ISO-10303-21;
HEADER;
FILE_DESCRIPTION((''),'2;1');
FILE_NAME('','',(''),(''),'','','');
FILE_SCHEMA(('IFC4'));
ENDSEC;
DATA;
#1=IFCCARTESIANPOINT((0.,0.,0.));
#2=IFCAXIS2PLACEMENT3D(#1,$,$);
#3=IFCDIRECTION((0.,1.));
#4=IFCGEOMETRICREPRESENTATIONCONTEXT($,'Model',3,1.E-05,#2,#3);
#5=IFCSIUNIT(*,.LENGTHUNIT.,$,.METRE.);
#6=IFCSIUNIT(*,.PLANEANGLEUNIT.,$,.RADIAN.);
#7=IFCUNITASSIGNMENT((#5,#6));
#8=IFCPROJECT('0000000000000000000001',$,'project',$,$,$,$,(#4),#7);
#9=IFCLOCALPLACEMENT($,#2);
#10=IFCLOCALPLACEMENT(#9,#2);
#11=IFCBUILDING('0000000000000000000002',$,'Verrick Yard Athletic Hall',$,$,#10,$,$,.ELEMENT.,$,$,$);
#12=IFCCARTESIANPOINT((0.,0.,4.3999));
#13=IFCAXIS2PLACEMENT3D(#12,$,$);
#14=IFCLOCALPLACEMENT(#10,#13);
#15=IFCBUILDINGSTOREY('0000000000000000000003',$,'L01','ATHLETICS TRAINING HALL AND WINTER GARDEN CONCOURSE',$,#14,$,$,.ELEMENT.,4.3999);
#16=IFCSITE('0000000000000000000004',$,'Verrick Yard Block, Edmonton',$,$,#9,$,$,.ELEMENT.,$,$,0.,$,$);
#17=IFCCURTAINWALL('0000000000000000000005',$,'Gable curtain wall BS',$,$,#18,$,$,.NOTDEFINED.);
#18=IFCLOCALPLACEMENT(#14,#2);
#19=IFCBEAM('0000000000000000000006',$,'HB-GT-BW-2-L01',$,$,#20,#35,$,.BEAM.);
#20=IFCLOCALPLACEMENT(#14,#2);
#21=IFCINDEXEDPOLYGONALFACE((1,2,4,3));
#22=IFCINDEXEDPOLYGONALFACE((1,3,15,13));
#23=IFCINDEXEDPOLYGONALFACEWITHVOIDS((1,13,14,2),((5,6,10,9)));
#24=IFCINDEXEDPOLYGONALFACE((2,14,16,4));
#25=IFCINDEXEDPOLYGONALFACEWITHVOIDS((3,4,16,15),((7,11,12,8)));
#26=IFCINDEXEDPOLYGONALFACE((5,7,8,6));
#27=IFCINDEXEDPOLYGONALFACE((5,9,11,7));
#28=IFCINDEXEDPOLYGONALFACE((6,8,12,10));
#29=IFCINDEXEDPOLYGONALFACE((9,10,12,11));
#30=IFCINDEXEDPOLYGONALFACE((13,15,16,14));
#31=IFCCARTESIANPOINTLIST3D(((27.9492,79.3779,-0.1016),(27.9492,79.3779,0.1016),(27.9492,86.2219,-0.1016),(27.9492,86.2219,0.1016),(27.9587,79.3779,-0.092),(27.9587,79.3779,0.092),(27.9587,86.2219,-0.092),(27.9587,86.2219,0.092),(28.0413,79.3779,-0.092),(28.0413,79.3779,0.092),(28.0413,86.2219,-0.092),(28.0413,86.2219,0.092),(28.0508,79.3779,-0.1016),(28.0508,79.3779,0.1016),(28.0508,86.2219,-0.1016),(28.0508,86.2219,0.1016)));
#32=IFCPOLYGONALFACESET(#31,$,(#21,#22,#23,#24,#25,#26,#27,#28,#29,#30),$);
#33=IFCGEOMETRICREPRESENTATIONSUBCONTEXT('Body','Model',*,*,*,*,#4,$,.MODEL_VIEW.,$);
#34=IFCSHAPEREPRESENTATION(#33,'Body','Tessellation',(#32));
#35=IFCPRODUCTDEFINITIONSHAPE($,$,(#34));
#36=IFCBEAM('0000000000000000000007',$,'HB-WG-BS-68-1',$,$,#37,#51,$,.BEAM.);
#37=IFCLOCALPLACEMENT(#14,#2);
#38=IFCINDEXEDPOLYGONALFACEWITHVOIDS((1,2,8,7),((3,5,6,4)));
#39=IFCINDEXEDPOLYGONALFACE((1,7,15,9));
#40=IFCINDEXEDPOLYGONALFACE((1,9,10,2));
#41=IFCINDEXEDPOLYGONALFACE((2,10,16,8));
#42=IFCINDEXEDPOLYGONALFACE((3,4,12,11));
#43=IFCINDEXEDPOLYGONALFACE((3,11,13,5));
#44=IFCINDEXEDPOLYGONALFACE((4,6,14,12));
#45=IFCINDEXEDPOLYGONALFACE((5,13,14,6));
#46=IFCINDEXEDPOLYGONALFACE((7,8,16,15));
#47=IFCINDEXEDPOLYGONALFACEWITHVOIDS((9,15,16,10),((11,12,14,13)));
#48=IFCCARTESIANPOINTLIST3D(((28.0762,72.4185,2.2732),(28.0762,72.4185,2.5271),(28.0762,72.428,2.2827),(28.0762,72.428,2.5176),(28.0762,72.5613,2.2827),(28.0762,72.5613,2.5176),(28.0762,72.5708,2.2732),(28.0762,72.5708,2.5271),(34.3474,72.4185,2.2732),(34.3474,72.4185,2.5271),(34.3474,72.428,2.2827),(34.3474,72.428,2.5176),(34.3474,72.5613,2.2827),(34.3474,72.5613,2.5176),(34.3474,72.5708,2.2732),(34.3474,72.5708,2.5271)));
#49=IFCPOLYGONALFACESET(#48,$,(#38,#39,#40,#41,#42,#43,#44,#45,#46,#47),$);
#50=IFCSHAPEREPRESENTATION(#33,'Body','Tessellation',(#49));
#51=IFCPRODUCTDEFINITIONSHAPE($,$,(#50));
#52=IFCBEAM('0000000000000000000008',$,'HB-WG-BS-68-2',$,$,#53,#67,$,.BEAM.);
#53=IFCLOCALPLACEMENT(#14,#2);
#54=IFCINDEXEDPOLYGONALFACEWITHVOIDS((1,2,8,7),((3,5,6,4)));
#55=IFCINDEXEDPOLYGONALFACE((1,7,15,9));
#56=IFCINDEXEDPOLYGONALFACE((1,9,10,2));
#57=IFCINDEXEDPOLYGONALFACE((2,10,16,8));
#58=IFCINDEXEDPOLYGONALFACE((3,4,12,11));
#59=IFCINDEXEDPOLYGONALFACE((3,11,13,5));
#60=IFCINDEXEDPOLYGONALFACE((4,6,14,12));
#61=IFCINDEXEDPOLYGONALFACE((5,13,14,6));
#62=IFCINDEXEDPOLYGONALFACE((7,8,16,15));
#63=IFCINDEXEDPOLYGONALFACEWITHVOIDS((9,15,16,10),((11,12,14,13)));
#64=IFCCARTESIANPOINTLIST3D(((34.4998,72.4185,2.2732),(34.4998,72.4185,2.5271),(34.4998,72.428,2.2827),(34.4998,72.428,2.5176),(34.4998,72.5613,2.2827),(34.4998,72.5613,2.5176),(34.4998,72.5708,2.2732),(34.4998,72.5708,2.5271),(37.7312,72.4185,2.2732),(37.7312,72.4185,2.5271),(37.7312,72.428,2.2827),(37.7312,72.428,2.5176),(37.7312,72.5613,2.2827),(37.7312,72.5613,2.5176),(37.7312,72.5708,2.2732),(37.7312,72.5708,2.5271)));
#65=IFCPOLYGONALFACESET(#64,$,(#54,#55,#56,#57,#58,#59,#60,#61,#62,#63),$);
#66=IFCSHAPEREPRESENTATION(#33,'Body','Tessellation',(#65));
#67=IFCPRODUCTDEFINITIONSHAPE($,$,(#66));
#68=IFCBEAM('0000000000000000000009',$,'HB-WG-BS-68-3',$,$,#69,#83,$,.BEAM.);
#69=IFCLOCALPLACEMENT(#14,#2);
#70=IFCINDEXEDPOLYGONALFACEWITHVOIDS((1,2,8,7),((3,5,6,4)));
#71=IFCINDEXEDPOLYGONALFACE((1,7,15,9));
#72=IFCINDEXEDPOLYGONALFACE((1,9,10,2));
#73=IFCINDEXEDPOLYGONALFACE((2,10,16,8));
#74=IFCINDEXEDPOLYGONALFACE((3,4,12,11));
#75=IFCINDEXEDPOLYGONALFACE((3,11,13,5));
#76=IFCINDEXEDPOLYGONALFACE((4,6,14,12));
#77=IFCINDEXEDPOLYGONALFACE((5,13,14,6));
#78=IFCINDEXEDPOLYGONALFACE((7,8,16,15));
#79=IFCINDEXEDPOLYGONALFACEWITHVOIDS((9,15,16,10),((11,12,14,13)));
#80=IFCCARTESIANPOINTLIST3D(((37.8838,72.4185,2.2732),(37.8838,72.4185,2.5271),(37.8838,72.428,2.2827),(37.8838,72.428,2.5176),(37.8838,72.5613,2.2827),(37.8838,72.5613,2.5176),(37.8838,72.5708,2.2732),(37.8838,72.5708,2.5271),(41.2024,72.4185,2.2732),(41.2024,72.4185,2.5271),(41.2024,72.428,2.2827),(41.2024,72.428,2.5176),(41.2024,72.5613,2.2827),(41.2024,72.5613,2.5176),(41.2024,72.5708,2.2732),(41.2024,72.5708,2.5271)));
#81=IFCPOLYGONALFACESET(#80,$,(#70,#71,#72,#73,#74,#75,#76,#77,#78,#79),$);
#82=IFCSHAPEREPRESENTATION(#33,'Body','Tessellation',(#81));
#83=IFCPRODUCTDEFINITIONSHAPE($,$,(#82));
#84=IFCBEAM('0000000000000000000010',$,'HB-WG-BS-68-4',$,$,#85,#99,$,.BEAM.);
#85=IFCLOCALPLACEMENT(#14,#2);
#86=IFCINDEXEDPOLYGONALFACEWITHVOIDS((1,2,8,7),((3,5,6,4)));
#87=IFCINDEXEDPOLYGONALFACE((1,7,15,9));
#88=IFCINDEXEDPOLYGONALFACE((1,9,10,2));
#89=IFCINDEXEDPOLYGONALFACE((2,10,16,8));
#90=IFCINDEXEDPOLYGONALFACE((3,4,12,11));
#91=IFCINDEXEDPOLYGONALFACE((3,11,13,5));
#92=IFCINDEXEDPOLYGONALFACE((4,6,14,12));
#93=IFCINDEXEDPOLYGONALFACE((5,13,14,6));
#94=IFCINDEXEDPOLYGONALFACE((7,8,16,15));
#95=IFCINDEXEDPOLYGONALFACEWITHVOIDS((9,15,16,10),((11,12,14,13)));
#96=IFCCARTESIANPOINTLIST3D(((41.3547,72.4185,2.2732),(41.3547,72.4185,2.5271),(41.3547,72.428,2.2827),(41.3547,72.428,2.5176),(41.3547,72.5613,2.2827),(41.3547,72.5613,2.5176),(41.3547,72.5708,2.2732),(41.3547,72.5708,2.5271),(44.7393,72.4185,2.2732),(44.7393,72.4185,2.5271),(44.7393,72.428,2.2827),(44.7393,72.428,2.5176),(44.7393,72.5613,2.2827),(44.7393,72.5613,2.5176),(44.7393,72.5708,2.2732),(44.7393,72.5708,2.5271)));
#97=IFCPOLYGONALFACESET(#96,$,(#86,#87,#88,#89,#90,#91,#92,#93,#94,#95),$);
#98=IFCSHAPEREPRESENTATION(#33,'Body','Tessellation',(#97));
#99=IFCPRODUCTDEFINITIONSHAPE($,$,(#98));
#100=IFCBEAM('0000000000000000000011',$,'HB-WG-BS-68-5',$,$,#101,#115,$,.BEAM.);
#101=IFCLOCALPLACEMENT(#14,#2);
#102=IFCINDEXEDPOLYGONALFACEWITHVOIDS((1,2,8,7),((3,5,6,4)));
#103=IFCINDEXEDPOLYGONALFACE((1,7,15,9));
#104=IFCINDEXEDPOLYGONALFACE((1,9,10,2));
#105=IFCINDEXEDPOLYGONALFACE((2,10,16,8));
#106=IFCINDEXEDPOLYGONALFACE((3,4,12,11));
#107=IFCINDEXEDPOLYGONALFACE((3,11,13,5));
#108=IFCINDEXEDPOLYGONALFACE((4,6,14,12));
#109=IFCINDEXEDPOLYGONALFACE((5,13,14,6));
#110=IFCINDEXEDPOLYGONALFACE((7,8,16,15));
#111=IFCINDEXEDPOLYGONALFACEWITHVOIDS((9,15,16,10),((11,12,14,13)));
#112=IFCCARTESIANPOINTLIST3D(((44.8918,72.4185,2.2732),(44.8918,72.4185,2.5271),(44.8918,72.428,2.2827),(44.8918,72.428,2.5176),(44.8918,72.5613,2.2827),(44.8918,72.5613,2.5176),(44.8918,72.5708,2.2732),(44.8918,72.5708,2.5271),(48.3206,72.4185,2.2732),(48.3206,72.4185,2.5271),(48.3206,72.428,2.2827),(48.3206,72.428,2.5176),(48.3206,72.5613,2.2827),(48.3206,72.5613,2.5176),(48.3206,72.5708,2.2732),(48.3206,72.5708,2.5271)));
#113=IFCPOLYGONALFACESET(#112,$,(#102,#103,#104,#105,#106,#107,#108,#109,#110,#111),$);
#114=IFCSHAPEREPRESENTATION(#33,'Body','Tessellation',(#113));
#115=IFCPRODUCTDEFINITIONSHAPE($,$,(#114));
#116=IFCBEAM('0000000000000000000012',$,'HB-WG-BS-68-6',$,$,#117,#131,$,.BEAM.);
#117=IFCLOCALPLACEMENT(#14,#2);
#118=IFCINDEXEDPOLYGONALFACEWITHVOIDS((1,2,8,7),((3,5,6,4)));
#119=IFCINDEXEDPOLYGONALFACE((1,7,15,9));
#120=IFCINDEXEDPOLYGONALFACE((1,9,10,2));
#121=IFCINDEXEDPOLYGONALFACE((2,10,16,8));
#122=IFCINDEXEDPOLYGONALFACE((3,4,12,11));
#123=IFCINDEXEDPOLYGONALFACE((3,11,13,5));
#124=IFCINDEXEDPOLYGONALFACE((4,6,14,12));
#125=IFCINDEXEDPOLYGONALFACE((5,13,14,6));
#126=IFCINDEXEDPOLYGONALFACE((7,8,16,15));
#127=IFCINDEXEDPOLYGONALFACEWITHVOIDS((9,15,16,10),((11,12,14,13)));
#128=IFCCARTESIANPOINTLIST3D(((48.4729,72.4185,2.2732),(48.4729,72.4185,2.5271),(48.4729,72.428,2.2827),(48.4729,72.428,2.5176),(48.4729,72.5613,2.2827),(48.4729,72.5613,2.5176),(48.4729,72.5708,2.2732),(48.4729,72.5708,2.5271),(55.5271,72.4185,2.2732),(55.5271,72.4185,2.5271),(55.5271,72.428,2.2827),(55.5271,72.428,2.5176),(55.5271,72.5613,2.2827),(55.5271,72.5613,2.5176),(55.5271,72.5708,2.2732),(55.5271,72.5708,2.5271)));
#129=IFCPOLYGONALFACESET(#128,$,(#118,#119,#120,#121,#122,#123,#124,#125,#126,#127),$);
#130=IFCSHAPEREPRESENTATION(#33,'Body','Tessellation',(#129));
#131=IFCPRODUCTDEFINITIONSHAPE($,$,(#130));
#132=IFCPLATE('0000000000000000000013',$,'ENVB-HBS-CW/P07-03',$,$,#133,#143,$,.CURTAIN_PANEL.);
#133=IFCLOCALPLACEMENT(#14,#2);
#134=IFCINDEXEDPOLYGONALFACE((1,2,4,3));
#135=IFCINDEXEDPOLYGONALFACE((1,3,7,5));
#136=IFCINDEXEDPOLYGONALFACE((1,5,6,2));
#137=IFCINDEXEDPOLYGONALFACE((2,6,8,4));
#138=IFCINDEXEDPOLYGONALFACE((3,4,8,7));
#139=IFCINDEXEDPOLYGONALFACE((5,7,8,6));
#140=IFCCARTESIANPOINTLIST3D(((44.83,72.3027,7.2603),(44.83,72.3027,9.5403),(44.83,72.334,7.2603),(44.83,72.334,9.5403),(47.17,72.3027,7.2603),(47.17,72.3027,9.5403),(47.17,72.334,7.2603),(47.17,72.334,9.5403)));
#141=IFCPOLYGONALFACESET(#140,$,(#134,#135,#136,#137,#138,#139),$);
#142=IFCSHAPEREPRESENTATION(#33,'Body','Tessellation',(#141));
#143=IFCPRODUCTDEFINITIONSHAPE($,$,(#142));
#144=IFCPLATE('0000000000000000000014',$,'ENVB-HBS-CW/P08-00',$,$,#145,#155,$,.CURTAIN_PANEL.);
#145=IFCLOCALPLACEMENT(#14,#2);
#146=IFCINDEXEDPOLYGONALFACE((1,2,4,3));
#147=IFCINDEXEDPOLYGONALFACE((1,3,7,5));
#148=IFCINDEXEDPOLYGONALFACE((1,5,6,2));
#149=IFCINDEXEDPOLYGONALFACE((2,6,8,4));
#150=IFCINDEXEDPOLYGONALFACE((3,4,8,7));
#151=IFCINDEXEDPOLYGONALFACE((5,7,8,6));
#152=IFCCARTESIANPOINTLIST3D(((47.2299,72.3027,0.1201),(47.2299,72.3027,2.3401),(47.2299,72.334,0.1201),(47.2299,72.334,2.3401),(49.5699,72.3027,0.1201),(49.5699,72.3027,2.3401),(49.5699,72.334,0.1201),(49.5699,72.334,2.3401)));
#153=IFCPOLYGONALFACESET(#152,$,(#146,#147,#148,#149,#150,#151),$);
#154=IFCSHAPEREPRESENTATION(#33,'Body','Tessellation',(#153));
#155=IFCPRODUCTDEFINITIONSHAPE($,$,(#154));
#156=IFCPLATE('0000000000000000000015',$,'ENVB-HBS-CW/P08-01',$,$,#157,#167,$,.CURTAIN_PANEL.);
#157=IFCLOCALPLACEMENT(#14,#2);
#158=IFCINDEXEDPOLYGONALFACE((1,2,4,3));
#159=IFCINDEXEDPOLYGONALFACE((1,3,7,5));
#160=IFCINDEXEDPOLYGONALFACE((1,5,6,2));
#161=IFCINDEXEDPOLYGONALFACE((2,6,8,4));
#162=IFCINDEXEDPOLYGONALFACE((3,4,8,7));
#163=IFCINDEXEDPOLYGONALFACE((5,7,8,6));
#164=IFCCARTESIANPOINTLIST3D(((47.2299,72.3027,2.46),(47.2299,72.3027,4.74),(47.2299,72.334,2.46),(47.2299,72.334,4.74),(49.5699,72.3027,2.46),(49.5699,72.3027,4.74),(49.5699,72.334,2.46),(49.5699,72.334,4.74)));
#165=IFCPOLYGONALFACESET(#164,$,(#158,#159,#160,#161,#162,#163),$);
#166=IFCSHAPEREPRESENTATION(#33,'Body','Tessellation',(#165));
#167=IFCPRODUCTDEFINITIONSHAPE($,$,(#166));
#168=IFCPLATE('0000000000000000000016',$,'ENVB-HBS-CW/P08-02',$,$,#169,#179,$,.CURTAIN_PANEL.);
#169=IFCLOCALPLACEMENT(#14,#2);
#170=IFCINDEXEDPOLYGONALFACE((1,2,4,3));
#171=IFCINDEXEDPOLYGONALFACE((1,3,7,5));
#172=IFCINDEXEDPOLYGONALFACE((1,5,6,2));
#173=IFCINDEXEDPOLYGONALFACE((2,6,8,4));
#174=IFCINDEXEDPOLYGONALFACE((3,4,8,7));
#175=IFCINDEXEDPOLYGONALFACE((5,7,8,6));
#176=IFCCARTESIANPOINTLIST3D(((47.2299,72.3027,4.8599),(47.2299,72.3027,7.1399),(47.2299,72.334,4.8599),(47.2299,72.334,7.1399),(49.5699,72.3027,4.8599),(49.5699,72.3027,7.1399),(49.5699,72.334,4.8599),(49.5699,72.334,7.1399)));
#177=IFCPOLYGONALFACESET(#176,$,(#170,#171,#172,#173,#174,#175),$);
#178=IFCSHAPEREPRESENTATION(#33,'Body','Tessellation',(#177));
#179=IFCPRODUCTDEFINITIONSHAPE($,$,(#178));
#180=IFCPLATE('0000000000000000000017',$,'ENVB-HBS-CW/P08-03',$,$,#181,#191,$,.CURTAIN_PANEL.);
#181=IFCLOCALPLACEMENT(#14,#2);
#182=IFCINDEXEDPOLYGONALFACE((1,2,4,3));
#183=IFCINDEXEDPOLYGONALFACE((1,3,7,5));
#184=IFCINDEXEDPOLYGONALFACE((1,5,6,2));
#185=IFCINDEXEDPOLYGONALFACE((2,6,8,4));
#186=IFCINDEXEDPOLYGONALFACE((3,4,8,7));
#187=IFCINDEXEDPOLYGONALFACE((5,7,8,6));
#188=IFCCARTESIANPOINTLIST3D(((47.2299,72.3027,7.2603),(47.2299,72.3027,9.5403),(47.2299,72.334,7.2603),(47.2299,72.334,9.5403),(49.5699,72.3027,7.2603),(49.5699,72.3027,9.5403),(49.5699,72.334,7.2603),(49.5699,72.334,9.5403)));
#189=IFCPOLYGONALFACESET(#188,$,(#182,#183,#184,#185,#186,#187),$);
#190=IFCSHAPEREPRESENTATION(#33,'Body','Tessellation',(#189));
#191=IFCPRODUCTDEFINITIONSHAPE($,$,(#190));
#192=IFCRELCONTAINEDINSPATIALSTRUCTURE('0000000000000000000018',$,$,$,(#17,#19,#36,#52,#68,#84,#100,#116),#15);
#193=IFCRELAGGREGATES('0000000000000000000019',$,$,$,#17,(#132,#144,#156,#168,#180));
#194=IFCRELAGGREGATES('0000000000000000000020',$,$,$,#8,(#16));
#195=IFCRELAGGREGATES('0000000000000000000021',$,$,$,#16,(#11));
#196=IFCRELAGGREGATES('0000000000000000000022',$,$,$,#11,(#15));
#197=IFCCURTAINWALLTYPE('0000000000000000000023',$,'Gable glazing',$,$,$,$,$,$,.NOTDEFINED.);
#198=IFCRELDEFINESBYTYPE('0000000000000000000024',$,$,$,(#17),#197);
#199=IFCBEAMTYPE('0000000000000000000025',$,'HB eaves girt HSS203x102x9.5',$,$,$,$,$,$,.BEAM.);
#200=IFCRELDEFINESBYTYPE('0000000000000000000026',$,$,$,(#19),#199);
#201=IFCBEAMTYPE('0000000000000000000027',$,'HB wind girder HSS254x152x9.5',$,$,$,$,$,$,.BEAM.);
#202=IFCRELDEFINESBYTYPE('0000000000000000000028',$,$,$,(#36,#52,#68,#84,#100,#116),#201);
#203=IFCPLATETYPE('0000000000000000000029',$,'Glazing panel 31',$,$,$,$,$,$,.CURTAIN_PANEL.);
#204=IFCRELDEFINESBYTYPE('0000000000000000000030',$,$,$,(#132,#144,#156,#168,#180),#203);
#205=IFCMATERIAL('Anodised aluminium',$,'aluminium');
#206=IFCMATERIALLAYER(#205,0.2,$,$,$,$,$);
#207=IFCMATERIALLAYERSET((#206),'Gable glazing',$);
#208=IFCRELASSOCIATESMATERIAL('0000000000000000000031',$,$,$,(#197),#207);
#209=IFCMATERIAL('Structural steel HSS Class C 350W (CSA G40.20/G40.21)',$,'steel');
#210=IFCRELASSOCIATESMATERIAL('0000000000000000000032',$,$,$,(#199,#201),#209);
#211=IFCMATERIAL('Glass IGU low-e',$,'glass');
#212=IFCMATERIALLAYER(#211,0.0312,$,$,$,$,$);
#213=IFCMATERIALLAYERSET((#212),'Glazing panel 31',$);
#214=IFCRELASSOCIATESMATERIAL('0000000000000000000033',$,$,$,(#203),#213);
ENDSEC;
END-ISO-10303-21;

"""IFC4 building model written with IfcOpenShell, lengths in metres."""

from ifc_helpers import new_model, si_unit, direction, frame, origin, origin_2d, place, context, subcontext, project, spatial, rectangle, hollow_rectangle, extrude, material, layer, layer_set, material_profile, profile_set, type_object, element, aggregate, save


model = new_model("IFC4")

# Units and contexts
model_context = context("Model", 3, precision=1e-05, world=origin(), true_north=direction((0.0, 1.0)))
body_context = subcontext(model_context, "Body", "Model", "MODEL_VIEW")
ifc_project = project(units=[si_unit("LENGTHUNIT", "METRE"), si_unit("PLANEANGLEUNIT", "RADIAN")], contexts=[model_context])

# Site, building, storey
site_placement = place(None, origin())
site = spatial("IfcSite", under=ifc_project, at=site_placement, Name="Verrick Yard Block, Edmonton", CompositionType="ELEMENT", RefElevation=0.0)
building_placement = place(site_placement, origin())
building = spatial("IfcBuilding", under=site, at=building_placement, Name="Verrick Yard Athletic Hall", CompositionType="ELEMENT")
storey_placement = place(building_placement, frame((0.0, 0.0, 4.3999)))
storey = spatial("IfcBuildingStorey", under=building, at=storey_placement, Name="L01", Description="ATHLETICS TRAINING HALL AND WINTER GARDEN CONCOURSE", CompositionType="ELEMENT", Elevation=4.3999)

# Curtain wall
ifc_material_1 = material(Name="Anodised aluminium", Category="aluminium")
ifc_layer_1 = layer(ifc_material_1, 0.2)
ifc_layer_set_1 = layer_set([ifc_layer_1], Name="Gable glazing")
curtain_wall_type = type_object("IfcCurtainWallType", Name="Gable glazing", PredefinedType="NOTDEFINED", material=ifc_layer_set_1)
curtain_wall_placement = place(storey_placement, origin())
curtain_wall = element("IfcCurtainWall", 1, at=curtain_wall_placement, inside=storey, type_object=curtain_wall_type, Name="Gable curtain wall BS", PredefinedType="NOTDEFINED")

# Beams
ifc_material_2 = material(Name="Structural steel HSS Class C 350W (CSA G40.20/G40.21)", Category="steel")
ifc_material_profile_1 = material_profile(ifc_material_2, hollow_rectangle(XDim=0.1016, YDim=0.2031, WallThickness=0.0095, at=origin_2d()), Name="HSS203x102x9.5")
ifc_profile_set_1 = profile_set([ifc_material_profile_1], Name="Structural steel HSS Class C 350W (CSA G40.20/G40.21)")
beam_type_1 = type_object("IfcBeamType", Name="HB eaves girt HSS203x102x9.5", PredefinedType="BEAM", material=ifc_profile_set_1)
beam_1_placement = place(storey_placement, frame((28.0, 79.3779, 0.0), z_axis=(0.0, 1.0, 0.0), x_axis=(-1.0, 0.0, 0.0)))
element("IfcBeam", 2, at=beam_1_placement, inside=storey, type_object=beam_type_1, Name="HB-GT-BW-2-L01", PredefinedType="BEAM", context=body_context, shape_type="SweptSolid", body=[
    extrude(hollow_rectangle(XDim=0.1016, YDim=0.2031, WallThickness=0.0095, at=origin_2d()), origin(), (0.0, 0.0, 1.0), 6.844),
])
ifc_material_profile_2 = material_profile(ifc_material_2, hollow_rectangle(XDim=0.1523, YDim=0.2539, WallThickness=0.0095, at=origin_2d()), Name="HSS254x152x9.5")
ifc_profile_set_2 = profile_set([ifc_material_profile_2], Name="Structural steel HSS Class C 350W (CSA G40.20/G40.21)")
beam_type_2 = type_object("IfcBeamType", Name="HB wind girder HSS254x152x9.5", PredefinedType="BEAM", material=ifc_profile_set_2)
beam_2_placement = place(storey_placement, frame((28.0762, 72.4946, 2.4001), z_axis=(1.0, 0.0, 0.0), x_axis=(0.0, 1.0, 0.0)))
element("IfcBeam", 3, at=beam_2_placement, inside=storey, type_object=beam_type_2, Name="HB-WG-BS-68-1", PredefinedType="BEAM", context=body_context, shape_type="SweptSolid", body=[
    extrude(hollow_rectangle(XDim=0.1523, YDim=0.2539, WallThickness=0.0095, at=origin_2d()), origin(), (0.0, 0.0, 1.0), 6.2712),
])
beam_3_placement = place(storey_placement, frame((34.4998, 72.4946, 2.4001), z_axis=(1.0, 0.0, 0.0), x_axis=(0.0, 1.0, 0.0)))
element("IfcBeam", 4, at=beam_3_placement, inside=storey, type_object=beam_type_2, Name="HB-WG-BS-68-2", PredefinedType="BEAM", context=body_context, shape_type="SweptSolid", body=[
    extrude(hollow_rectangle(XDim=0.1523, YDim=0.2539, WallThickness=0.0095, at=origin_2d()), origin(), (0.0, 0.0, 1.0), 3.2314),
])
beam_4_placement = place(storey_placement, frame((37.8838, 72.4946, 2.4001), z_axis=(1.0, 0.0, 0.0), x_axis=(0.0, 1.0, 0.0)))
element("IfcBeam", 5, at=beam_4_placement, inside=storey, type_object=beam_type_2, Name="HB-WG-BS-68-3", PredefinedType="BEAM", context=body_context, shape_type="SweptSolid", body=[
    extrude(hollow_rectangle(XDim=0.1523, YDim=0.2539, WallThickness=0.0095, at=origin_2d()), origin(), (0.0, 0.0, 1.0), 3.3186),
])
beam_5_placement = place(storey_placement, frame((41.3547, 72.4946, 2.4001), z_axis=(1.0, 0.0, 0.0), x_axis=(0.0, 1.0, 0.0)))
element("IfcBeam", 6, at=beam_5_placement, inside=storey, type_object=beam_type_2, Name="HB-WG-BS-68-4", PredefinedType="BEAM", context=body_context, shape_type="SweptSolid", body=[
    extrude(hollow_rectangle(XDim=0.1523, YDim=0.2539, WallThickness=0.0095, at=origin_2d()), origin(), (0.0, 0.0, 1.0), 3.3845),
])
beam_6_placement = place(storey_placement, frame((44.8918, 72.4946, 2.4001), z_axis=(1.0, 0.0, 0.0), x_axis=(0.0, 1.0, 0.0)))
element("IfcBeam", 7, at=beam_6_placement, inside=storey, type_object=beam_type_2, Name="HB-WG-BS-68-5", PredefinedType="BEAM", context=body_context, shape_type="SweptSolid", body=[
    extrude(hollow_rectangle(XDim=0.1523, YDim=0.2539, WallThickness=0.0095, at=origin_2d()), origin(), (0.0, 0.0, 1.0), 3.4287),
])
beam_7_placement = place(storey_placement, frame((48.4729, 72.4946, 2.4001), z_axis=(1.0, 0.0, 0.0), x_axis=(0.0, 1.0, 0.0)))
element("IfcBeam", 8, at=beam_7_placement, inside=storey, type_object=beam_type_2, Name="HB-WG-BS-68-6", PredefinedType="BEAM", context=body_context, shape_type="SweptSolid", body=[
    extrude(hollow_rectangle(XDim=0.1523, YDim=0.2539, WallThickness=0.0095, at=origin_2d()), origin(), (0.0, 0.0, 1.0), 7.0542),
])

# Plates
ifc_material_3 = material(Name="Glass IGU low-e", Category="glass")
ifc_layer_2 = layer(ifc_material_3, 0.0312)
ifc_layer_set_2 = layer_set([ifc_layer_2], Name="Glazing panel 31")
plate_type = type_object("IfcPlateType", Name="Glazing panel 31", PredefinedType="CURTAIN_PANEL", material=ifc_layer_set_2)
plate_1_placement = place(storey_placement, frame((46.0, 72.3184, 7.2603), z_axis=(0.0, 0.0, 1.0), x_axis=(1.0, 0.0, 0.0)))
plate_1 = element("IfcPlate", 9, at=plate_1_placement, type_object=plate_type, Name="ENVB-HBS-CW/P07-03", PredefinedType="CURTAIN_PANEL", context=body_context, shape_type="SweptSolid", body=[
    extrude(rectangle(XDim=2.3401, YDim=0.0312, at=origin_2d()), origin(), (0.0, 0.0, 1.0), 2.28),
])
plate_2_placement = place(storey_placement, frame((48.3999, 72.3184, 0.1201), z_axis=(0.0, 0.0, 1.0), x_axis=(1.0, 0.0, 0.0)))
plate_2 = element("IfcPlate", 10, at=plate_2_placement, type_object=plate_type, Name="ENVB-HBS-CW/P08-00", PredefinedType="CURTAIN_PANEL", context=body_context, shape_type="SweptSolid", body=[
    extrude(rectangle(XDim=2.3401, YDim=0.0312, at=origin_2d()), origin(), (0.0, 0.0, 1.0), 2.22),
])
plate_3_placement = place(storey_placement, frame((48.3999, 72.3184, 2.46), z_axis=(0.0, 0.0, 1.0), x_axis=(1.0, 0.0, 0.0)))
plate_3 = element("IfcPlate", 11, at=plate_3_placement, type_object=plate_type, Name="ENVB-HBS-CW/P08-01", PredefinedType="CURTAIN_PANEL", context=body_context, shape_type="SweptSolid", body=[
    extrude(rectangle(XDim=2.3401, YDim=0.0312, at=origin_2d()), origin(), (0.0, 0.0, 1.0), 2.28),
])
plate_4_placement = place(storey_placement, frame((48.3999, 72.3184, 4.8599), z_axis=(0.0, 0.0, 1.0), x_axis=(1.0, 0.0, 0.0)))
plate_4 = element("IfcPlate", 12, at=plate_4_placement, type_object=plate_type, Name="ENVB-HBS-CW/P08-02", PredefinedType="CURTAIN_PANEL", context=body_context, shape_type="SweptSolid", body=[
    extrude(rectangle(XDim=2.3401, YDim=0.0312, at=origin_2d()), origin(), (0.0, 0.0, 1.0), 2.28),
])
plate_5_placement = place(storey_placement, frame((48.3999, 72.3184, 7.2603), z_axis=(0.0, 0.0, 1.0), x_axis=(1.0, 0.0, 0.0)))
plate_5 = element("IfcPlate", 13, at=plate_5_placement, type_object=plate_type, Name="ENVB-HBS-CW/P08-03", PredefinedType="CURTAIN_PANEL", context=body_context, shape_type="SweptSolid", body=[
    extrude(rectangle(XDim=2.3401, YDim=0.0312, at=origin_2d()), origin(), (0.0, 0.0, 1.0), 2.28),
])
aggregate(curtain_wall, [plate_1, plate_2, plate_3, plate_4, plate_5])

save(model, "model.ifc")
